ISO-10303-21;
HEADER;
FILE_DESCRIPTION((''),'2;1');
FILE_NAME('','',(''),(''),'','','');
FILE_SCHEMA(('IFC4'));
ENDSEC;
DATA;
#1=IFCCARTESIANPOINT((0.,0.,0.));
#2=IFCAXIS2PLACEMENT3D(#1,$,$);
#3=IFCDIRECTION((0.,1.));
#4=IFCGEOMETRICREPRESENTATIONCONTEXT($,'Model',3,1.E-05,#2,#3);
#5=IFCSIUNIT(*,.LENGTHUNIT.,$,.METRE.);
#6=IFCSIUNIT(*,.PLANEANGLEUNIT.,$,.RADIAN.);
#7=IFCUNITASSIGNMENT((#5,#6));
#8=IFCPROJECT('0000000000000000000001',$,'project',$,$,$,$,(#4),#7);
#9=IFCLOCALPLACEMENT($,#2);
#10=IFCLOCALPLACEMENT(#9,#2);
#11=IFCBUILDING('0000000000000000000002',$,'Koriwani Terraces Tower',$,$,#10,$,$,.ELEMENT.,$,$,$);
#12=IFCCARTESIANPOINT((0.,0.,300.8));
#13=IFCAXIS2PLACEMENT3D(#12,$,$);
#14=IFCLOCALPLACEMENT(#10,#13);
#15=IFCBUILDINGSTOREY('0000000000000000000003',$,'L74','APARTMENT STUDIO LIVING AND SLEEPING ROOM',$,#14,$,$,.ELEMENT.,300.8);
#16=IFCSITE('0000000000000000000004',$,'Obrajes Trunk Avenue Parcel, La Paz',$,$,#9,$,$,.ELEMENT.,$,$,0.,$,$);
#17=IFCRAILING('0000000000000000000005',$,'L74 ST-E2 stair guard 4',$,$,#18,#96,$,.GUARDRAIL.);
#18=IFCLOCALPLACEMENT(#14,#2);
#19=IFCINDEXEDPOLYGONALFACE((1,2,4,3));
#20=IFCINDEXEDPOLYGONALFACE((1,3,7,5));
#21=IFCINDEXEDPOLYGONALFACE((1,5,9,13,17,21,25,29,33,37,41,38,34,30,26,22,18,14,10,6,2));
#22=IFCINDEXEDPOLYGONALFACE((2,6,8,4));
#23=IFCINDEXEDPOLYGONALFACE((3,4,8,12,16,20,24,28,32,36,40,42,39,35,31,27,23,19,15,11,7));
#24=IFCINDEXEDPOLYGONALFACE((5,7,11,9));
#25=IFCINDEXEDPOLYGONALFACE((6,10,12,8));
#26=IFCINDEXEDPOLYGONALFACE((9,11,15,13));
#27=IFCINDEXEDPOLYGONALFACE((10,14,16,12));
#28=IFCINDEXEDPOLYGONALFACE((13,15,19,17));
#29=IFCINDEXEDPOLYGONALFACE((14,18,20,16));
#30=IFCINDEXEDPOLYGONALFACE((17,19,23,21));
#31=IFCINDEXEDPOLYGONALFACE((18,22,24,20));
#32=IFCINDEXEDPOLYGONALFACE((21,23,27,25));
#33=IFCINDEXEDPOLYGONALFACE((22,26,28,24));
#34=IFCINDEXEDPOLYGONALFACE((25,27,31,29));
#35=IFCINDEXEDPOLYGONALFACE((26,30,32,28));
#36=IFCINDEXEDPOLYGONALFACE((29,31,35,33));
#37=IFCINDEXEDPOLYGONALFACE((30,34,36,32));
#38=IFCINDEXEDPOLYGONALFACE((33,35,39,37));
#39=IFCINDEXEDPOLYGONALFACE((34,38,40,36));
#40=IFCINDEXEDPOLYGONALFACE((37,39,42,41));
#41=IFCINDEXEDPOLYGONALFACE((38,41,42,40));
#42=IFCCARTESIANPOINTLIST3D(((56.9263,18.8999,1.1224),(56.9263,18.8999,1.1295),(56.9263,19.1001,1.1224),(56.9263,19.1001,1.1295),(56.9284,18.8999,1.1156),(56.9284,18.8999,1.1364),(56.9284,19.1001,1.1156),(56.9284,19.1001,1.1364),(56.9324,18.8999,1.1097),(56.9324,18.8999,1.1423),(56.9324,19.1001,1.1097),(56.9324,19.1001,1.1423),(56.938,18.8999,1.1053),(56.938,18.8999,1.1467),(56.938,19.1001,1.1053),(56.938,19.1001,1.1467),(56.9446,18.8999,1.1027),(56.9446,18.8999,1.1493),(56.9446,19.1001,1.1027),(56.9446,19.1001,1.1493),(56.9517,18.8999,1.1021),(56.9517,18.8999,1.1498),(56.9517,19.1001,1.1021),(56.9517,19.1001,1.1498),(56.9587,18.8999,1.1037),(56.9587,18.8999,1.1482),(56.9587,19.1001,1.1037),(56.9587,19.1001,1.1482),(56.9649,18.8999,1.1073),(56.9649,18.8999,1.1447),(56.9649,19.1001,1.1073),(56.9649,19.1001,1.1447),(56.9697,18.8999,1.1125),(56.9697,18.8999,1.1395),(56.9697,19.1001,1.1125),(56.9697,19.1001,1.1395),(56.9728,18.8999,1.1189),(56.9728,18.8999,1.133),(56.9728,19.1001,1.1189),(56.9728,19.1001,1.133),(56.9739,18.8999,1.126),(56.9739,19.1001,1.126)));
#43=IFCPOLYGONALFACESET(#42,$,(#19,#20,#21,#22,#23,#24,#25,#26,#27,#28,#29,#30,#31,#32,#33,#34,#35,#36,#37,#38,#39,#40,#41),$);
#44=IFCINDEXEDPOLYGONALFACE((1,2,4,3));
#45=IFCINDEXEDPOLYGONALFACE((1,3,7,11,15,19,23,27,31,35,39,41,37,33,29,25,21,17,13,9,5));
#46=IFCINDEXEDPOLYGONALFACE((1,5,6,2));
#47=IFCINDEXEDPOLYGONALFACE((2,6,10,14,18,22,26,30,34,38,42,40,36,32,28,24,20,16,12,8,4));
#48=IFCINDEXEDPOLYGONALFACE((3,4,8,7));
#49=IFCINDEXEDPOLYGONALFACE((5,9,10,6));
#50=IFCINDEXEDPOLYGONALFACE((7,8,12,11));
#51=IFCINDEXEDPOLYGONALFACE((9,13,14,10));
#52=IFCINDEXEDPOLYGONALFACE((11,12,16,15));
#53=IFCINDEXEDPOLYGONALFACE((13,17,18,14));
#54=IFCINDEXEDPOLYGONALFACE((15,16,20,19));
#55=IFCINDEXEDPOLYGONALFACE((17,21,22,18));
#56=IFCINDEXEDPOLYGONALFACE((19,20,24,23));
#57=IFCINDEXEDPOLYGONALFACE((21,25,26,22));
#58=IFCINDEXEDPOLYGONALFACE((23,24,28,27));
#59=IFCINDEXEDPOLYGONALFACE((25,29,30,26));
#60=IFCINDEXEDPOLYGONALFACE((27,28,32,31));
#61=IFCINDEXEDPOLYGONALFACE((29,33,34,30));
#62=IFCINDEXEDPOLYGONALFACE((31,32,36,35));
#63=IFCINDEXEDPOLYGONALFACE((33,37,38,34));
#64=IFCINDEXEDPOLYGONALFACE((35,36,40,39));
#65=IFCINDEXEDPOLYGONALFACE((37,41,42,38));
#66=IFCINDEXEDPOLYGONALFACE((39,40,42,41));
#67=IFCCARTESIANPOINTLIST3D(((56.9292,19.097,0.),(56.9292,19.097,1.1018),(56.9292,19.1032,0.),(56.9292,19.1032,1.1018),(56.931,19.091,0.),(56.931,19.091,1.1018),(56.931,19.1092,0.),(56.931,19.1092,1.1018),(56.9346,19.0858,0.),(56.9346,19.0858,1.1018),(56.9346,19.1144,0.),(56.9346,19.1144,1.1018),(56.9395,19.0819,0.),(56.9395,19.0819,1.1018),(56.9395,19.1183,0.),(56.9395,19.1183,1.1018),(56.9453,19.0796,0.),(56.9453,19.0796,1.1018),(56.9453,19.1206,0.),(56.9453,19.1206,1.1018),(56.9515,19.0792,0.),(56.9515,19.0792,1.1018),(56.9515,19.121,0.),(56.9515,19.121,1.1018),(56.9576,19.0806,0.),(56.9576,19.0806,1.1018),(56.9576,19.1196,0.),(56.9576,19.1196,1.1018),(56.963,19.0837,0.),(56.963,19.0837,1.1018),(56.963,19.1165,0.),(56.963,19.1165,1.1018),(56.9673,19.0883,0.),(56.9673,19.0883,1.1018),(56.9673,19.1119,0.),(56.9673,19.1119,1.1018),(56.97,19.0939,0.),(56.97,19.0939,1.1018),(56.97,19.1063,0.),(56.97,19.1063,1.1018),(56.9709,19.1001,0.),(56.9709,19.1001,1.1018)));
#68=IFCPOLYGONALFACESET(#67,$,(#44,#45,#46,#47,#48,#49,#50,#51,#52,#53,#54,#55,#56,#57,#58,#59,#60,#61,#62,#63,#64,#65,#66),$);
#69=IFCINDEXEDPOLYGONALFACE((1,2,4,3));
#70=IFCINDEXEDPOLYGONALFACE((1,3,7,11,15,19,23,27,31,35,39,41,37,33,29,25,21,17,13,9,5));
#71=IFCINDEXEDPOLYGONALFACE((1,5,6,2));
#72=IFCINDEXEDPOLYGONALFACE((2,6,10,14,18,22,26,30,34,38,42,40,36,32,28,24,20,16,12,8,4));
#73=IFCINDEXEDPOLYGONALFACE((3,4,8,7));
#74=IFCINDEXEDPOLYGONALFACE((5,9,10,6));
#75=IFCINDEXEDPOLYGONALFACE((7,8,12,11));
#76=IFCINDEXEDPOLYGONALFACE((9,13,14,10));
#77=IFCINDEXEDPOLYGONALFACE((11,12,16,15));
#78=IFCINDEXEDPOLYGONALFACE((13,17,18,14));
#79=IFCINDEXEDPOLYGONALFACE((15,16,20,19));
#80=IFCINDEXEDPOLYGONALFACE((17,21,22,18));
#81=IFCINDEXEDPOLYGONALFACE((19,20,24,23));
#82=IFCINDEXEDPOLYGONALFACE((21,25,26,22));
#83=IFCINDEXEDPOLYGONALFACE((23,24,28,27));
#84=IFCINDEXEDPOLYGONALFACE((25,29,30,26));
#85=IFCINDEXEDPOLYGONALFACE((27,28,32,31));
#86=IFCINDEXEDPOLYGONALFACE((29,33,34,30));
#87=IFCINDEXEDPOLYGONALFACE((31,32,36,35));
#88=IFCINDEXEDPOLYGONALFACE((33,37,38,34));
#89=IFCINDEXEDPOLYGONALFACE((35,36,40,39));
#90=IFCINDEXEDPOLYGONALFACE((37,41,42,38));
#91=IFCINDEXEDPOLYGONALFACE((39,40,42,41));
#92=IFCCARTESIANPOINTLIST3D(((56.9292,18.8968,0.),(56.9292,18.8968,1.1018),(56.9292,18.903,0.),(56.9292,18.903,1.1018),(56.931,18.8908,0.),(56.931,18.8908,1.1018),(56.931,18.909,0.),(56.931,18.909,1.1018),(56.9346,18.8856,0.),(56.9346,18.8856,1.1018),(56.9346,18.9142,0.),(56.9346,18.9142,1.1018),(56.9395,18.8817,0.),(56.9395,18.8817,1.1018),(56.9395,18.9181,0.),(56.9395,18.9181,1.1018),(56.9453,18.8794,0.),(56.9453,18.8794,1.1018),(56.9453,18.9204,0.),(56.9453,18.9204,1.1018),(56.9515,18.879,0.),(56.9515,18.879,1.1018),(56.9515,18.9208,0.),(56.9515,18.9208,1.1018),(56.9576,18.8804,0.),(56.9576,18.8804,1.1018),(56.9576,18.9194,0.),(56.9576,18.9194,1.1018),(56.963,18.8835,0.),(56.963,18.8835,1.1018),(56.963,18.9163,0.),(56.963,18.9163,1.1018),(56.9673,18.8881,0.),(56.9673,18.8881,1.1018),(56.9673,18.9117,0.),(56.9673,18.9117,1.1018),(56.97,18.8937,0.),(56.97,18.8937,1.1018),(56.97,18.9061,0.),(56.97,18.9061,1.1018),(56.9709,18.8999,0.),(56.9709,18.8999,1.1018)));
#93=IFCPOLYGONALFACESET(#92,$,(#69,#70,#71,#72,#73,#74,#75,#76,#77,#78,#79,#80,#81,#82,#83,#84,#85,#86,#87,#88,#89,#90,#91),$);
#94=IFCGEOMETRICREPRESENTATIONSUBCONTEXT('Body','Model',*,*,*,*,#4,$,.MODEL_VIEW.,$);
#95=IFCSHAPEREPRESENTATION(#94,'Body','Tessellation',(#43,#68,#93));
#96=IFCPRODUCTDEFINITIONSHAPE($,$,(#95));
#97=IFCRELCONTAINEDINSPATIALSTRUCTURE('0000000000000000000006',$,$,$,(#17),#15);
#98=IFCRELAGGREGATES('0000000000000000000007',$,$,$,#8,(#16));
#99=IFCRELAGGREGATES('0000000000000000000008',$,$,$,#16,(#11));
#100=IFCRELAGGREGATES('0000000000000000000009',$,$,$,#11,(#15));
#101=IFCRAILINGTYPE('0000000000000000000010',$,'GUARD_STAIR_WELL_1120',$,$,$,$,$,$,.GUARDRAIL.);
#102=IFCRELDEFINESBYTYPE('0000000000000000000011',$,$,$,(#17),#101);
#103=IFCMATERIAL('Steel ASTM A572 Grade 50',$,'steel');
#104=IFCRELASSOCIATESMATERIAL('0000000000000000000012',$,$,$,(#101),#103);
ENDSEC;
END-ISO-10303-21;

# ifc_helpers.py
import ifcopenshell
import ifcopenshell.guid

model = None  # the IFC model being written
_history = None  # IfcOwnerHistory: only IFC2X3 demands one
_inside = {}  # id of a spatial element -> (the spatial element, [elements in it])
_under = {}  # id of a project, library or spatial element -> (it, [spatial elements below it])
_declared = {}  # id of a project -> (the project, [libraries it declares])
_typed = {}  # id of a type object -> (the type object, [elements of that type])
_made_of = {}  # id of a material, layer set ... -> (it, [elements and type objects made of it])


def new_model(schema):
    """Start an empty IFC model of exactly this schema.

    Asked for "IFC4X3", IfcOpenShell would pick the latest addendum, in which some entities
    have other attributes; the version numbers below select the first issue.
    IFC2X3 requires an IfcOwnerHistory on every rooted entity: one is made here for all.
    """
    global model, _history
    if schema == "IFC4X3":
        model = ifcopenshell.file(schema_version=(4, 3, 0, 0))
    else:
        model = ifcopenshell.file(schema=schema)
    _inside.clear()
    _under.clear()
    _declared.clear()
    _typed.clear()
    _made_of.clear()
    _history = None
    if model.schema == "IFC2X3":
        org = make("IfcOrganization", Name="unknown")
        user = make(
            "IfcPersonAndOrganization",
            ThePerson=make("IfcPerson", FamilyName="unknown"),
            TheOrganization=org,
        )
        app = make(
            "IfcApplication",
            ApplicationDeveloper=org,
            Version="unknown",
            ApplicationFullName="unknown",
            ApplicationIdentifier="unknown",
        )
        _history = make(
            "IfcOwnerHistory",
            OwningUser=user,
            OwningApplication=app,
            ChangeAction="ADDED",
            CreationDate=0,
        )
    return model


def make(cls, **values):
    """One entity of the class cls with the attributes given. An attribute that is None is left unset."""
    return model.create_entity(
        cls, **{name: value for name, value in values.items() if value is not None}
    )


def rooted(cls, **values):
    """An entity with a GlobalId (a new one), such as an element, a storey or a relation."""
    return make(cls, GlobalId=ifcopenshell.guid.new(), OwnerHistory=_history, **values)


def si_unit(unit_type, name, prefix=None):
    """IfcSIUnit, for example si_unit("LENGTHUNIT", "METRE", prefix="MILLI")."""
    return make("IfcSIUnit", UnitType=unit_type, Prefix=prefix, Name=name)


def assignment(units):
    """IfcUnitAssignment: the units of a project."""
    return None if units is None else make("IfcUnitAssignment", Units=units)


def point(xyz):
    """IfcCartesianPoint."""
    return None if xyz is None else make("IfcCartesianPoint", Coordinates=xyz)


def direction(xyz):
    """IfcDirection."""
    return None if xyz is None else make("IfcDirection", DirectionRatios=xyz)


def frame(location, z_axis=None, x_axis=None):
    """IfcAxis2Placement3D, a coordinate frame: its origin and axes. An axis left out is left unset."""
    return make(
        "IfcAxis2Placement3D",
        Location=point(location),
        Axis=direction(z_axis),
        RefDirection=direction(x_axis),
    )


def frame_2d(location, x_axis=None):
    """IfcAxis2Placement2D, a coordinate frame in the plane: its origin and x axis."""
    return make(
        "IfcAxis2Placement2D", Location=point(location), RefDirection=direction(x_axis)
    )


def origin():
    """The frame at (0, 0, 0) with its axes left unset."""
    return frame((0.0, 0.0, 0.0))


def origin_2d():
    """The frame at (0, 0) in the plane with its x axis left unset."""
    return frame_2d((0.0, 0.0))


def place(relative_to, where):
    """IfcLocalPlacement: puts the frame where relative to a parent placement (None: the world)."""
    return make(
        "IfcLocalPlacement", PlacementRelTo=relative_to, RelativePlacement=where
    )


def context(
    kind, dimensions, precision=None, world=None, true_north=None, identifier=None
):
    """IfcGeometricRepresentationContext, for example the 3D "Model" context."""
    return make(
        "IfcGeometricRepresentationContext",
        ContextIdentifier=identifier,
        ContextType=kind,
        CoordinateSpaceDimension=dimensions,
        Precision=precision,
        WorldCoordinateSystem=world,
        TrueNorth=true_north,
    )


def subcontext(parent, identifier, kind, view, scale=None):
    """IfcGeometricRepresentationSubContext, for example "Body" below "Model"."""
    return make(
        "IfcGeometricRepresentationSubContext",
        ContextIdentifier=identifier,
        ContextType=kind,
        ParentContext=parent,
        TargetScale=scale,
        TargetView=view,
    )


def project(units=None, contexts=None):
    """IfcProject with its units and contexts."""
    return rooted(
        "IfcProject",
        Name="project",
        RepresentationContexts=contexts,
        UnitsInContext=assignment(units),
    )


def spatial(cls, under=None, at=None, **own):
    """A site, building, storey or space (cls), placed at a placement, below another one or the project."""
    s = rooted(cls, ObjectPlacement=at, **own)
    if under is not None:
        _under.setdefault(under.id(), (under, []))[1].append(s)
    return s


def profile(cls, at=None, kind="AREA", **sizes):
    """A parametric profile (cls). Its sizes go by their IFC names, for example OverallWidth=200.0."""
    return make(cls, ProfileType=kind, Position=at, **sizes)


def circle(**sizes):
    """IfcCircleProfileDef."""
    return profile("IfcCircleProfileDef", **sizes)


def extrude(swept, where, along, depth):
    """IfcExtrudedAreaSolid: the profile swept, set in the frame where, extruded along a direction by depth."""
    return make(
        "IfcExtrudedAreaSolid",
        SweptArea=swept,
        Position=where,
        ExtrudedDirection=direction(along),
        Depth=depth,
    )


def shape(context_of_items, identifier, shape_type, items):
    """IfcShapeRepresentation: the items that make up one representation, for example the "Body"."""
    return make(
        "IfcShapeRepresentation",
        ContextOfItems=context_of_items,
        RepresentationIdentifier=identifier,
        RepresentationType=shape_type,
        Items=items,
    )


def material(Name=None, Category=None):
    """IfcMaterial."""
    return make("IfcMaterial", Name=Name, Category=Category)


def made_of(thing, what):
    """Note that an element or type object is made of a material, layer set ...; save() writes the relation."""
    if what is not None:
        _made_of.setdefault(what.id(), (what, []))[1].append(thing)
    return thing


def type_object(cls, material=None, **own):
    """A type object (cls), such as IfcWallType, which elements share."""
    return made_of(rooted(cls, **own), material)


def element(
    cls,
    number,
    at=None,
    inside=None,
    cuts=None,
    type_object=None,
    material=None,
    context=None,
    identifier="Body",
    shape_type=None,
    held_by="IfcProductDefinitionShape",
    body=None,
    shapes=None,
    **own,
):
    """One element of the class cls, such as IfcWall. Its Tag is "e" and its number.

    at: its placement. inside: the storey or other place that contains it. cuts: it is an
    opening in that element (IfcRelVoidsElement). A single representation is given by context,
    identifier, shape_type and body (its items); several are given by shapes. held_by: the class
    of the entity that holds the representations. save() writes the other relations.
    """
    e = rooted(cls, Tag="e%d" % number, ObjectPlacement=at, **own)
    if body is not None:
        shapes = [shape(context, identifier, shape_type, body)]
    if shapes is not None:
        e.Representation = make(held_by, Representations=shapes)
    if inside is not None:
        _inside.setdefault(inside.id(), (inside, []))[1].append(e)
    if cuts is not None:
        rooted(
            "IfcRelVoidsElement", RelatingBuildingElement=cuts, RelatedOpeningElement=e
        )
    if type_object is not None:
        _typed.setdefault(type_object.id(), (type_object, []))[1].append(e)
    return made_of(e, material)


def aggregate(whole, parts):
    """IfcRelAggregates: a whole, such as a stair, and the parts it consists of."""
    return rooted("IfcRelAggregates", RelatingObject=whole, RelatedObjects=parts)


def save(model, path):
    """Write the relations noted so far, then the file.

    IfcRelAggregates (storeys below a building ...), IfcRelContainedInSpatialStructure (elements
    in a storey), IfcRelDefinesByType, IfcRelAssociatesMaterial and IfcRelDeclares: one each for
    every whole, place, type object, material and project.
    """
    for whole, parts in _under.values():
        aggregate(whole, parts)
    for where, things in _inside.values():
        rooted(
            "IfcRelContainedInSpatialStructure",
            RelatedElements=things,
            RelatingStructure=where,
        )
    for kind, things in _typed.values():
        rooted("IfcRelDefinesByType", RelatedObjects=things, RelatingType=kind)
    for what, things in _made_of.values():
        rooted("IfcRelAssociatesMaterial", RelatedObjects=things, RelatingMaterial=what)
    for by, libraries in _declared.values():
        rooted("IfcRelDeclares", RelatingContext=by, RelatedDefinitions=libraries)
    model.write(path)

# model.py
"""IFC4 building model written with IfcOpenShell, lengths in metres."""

from ifc_helpers import new_model, si_unit, direction, frame, origin, origin_2d, place, context, subcontext, project, spatial, circle, extrude, material, type_object, element, save


model = new_model("IFC4")

# Units and contexts
model_context = context("Model", 3, precision=1e-05, world=origin(), true_north=direction((0.0, 1.0)))
body_context = subcontext(model_context, "Body", "Model", "MODEL_VIEW")
ifc_project = project(units=[si_unit("LENGTHUNIT", "METRE"), si_unit("PLANEANGLEUNIT", "RADIAN")], contexts=[model_context])

# Site, building, storey
site_placement = place(None, origin())
site = spatial("IfcSite", under=ifc_project, at=site_placement, Name="Obrajes Trunk Avenue Parcel, La Paz", CompositionType="ELEMENT", RefElevation=0.0)
building_placement = place(site_placement, origin())
building = spatial("IfcBuilding", under=site, at=building_placement, Name="Koriwani Terraces Tower", CompositionType="ELEMENT")
storey_placement = place(building_placement, frame((0.0, 0.0, 300.8)))
storey = spatial("IfcBuildingStorey", under=building, at=storey_placement, Name="L74", Description="APARTMENT STUDIO LIVING AND SLEEPING ROOM", CompositionType="ELEMENT", Elevation=300.8)

# Shared definitions
ifc_material_1 = material(Name="Steel ASTM A572 Grade 50", Category="steel")

# Railing
railing_type_1 = type_object("IfcRailingType", Name="GUARD_STAIR_WELL_1120", PredefinedType="GUARDRAIL", material=ifc_material_1)
railing_1_placement = place(storey_placement, frame((56.95, 19.1001, 0.0)))
element("IfcRailing", 1, at=railing_1_placement, inside=storey, type_object=railing_type_1, Name="L74 ST-E2 stair guard 4", PredefinedType="GUARDRAIL", context=body_context, shape_type="SweptSolid", body=[
    extrude(circle(Radius=0.0239, at=origin_2d()), frame((0.0, 0.0, 1.126), z_axis=(0.0, -1.0, 0.0), x_axis=(1.0, 0.0, 0.0)), (0.0, 0.0, 1.0), 0.2002),
    extrude(circle(Radius=0.021, at=origin_2d()), origin(), (0.0, 0.0, 1.0), 1.1018),
    extrude(circle(Radius=0.021, at=origin_2d()), frame((0.0, -0.2002, 0.0)), (0.0, 0.0, 1.0), 1.1018),
])

save(model, "model.ifc")
